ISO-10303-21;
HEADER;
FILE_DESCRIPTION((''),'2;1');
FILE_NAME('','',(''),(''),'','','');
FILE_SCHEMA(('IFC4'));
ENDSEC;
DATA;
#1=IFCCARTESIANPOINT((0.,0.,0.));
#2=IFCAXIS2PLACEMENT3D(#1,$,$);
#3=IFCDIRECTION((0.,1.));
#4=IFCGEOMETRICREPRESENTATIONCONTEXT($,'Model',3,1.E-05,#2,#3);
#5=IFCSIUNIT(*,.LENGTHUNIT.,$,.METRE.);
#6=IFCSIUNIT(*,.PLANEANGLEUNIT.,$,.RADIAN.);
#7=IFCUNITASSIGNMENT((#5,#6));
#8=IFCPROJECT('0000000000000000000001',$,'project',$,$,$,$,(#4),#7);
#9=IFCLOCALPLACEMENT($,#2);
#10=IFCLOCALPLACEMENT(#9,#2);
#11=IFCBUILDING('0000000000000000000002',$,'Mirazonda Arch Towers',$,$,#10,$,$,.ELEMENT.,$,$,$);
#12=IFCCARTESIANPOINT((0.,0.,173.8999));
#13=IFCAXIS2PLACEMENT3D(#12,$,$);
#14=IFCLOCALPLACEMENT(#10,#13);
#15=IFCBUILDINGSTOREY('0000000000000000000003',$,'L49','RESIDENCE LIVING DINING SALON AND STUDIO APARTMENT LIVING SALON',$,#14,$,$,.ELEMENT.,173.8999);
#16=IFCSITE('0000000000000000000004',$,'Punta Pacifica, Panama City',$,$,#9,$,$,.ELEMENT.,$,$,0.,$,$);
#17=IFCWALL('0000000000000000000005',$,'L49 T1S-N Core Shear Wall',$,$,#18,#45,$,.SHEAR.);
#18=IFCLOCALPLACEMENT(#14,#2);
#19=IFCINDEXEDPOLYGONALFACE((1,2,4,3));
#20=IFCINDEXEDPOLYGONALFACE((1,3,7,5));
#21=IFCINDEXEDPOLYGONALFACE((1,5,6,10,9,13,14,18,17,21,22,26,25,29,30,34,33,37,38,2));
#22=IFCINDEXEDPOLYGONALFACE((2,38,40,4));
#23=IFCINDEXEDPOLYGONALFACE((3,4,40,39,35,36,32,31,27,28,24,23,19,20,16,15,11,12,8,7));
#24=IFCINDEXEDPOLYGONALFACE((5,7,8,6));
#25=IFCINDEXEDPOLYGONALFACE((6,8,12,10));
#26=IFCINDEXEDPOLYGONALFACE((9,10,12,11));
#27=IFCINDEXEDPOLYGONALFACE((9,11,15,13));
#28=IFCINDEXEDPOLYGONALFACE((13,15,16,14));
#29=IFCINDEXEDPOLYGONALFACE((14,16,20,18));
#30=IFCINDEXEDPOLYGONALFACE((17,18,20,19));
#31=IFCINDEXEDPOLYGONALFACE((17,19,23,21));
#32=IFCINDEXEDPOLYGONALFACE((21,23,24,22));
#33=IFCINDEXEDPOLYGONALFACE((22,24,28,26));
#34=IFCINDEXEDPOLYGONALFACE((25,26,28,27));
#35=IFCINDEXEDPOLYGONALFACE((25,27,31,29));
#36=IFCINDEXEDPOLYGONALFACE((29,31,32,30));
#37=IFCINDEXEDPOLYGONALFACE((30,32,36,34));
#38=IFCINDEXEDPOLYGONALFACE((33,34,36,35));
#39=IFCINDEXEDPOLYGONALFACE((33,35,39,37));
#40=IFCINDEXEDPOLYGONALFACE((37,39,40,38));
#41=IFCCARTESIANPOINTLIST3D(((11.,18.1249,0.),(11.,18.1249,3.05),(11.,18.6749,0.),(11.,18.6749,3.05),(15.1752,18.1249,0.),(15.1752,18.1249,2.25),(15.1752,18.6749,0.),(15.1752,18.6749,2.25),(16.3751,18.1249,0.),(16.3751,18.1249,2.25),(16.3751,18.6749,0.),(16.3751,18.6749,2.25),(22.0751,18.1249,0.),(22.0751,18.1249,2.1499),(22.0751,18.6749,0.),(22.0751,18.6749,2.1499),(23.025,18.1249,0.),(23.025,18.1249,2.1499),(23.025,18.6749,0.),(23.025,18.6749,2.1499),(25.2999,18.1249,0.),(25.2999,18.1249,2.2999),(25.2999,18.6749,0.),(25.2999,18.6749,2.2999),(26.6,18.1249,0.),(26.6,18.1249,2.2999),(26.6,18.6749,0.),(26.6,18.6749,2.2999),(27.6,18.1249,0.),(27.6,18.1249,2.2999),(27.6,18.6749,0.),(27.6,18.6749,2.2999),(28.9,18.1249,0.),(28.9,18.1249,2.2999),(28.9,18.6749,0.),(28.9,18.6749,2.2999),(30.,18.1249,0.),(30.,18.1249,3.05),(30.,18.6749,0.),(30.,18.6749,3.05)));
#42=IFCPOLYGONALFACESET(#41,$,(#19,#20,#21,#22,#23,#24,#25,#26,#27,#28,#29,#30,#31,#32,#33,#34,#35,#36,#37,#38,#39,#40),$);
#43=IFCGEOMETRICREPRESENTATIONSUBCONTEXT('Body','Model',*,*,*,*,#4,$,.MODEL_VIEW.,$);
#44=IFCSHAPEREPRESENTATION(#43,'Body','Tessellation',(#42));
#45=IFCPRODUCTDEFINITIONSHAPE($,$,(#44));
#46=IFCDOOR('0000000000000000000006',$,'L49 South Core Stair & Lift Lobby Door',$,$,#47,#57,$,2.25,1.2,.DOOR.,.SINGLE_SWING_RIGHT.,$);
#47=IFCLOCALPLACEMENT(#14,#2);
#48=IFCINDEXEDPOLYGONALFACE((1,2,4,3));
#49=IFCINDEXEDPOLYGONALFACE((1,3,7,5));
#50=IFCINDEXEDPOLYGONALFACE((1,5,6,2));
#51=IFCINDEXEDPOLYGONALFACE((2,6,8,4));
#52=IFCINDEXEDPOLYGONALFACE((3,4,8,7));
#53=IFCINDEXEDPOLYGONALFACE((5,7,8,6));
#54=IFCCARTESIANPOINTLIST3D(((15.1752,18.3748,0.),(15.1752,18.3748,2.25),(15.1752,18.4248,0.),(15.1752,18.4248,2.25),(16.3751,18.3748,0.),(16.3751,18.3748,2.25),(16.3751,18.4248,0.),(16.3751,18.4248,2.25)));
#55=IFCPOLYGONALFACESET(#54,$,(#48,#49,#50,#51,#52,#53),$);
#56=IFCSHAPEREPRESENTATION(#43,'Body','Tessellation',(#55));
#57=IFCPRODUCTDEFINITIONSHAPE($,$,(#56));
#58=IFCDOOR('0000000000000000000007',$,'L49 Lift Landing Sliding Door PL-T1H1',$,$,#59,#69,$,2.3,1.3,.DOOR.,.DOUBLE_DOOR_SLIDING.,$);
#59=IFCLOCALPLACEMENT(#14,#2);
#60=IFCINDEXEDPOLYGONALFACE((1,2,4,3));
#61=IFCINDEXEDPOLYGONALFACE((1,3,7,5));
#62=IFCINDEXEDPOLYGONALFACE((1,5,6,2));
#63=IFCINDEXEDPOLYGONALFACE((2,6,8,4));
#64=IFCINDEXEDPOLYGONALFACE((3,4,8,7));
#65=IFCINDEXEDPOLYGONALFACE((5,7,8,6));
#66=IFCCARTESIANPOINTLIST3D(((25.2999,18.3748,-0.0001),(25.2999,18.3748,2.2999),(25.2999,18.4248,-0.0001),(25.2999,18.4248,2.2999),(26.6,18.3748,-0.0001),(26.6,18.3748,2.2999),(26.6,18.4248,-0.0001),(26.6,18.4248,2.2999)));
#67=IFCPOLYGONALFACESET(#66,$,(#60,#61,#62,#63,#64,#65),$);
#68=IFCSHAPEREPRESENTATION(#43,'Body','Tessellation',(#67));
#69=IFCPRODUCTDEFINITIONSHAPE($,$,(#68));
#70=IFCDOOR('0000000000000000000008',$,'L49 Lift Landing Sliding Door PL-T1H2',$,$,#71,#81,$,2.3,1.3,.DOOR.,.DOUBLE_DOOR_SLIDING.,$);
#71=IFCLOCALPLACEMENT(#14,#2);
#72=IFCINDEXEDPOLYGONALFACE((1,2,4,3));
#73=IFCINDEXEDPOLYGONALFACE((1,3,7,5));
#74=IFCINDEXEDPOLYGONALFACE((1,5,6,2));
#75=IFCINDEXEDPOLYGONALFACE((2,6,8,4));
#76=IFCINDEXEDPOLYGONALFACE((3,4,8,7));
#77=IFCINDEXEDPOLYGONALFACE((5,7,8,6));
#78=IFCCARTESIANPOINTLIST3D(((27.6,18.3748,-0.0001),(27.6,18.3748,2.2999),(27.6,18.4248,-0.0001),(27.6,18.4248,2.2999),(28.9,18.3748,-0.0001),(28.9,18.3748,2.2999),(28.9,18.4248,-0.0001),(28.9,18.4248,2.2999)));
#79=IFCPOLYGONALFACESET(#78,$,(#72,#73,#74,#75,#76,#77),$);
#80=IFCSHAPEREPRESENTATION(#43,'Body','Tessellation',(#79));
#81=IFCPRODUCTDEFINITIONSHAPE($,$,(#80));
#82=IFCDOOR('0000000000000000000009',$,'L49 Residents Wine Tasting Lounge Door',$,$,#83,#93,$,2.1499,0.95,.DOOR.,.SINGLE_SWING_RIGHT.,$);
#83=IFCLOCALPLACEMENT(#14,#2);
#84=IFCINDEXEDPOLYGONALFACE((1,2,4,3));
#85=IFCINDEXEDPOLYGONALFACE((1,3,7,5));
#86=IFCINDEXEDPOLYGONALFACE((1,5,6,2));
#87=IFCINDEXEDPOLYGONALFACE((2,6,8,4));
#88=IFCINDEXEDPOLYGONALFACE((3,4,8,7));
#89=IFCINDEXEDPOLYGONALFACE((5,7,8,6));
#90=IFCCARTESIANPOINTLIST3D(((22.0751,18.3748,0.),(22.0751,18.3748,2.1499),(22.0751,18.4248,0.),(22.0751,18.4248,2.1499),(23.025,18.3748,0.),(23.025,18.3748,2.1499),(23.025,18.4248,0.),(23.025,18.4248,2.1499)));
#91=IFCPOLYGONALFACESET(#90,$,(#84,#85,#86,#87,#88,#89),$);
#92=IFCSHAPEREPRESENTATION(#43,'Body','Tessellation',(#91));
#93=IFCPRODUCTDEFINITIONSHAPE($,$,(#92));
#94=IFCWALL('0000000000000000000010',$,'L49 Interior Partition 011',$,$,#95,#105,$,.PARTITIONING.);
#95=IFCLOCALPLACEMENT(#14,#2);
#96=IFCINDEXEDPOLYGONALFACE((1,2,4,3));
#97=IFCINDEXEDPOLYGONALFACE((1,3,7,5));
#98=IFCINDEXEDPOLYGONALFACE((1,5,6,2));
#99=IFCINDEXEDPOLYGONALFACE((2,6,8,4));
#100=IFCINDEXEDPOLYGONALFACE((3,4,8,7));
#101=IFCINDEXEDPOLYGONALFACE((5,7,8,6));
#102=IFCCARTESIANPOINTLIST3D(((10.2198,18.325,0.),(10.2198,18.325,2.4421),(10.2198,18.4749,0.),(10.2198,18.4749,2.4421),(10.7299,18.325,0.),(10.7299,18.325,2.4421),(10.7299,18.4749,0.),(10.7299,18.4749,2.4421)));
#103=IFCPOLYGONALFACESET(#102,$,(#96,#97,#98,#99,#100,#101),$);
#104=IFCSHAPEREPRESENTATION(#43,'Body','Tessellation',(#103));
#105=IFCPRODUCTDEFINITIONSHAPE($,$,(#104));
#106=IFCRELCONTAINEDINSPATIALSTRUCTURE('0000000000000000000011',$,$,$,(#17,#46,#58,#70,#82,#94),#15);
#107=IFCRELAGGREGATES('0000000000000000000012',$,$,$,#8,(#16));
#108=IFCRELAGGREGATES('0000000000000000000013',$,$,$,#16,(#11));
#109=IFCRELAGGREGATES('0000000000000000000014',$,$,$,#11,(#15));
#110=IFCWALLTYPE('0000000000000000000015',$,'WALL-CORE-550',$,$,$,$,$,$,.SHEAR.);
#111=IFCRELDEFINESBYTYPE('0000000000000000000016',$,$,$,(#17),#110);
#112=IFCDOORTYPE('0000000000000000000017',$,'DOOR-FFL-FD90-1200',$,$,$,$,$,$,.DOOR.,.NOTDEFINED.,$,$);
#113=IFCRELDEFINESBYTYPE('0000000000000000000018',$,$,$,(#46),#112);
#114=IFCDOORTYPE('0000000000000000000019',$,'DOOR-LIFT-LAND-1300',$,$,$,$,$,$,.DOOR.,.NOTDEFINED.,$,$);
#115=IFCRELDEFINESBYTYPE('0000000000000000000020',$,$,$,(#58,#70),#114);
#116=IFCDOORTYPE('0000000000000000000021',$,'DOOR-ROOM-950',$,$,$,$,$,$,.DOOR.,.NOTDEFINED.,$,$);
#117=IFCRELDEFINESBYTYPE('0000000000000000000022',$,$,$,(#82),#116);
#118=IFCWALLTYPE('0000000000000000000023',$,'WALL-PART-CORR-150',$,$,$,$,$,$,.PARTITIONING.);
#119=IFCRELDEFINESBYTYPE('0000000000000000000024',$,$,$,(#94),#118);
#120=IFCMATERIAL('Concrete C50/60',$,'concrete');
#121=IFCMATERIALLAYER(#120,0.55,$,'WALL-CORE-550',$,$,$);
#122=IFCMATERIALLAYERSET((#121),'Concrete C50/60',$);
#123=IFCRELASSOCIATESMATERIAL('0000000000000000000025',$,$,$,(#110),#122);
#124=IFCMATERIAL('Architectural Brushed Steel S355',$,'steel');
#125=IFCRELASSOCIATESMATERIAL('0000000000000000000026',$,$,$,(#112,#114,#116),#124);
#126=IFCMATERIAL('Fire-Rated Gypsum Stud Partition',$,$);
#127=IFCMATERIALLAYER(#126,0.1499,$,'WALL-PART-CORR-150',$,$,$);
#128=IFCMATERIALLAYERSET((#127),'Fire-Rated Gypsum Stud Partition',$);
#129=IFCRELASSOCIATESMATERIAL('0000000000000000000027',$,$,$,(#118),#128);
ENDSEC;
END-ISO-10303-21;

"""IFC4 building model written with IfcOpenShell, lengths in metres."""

from ifc_helpers import new_model, si_unit, direction, frame, frame_2d, origin, place, context, subcontext, project, spatial, rectangle, extrude, material, layer, layer_set, type_object, element, fill, save


model = new_model("IFC4")

# Units and contexts
model_context = context("Model", 3, precision=1e-05, world=origin(), true_north=direction((0.0, 1.0)))
body_context = subcontext(model_context, "Body", "Model", "MODEL_VIEW")
ifc_project = project(units=[si_unit("LENGTHUNIT", "METRE"), si_unit("PLANEANGLEUNIT", "RADIAN")], contexts=[model_context])

# Site, building, storey
site_placement = place(None, origin())
site = spatial("IfcSite", under=ifc_project, at=site_placement, Name="Punta Pacifica, Panama City", CompositionType="ELEMENT", RefElevation=0.0)
building_placement = place(site_placement, origin())
building = spatial("IfcBuilding", under=site, at=building_placement, Name="Mirazonda Arch Towers", CompositionType="ELEMENT")
storey_placement = place(building_placement, frame((0.0, 0.0, 173.8999)))
storey = spatial("IfcBuildingStorey", under=building, at=storey_placement, Name="L49", Description="RESIDENCE LIVING DINING SALON AND STUDIO APARTMENT LIVING SALON", CompositionType="ELEMENT", Elevation=173.8999)

# Shared definitions
ifc_material_1 = material(Name="Concrete C50/60", Category="concrete")

# Shared definitions
ifc_material_2 = material(Name="Architectural Brushed Steel S355", Category="steel")

# Wall, openings, doors
ifc_layer_1 = layer(ifc_material_1, 0.55, Name="WALL-CORE-550")
ifc_layer_set_1 = layer_set([ifc_layer_1], Name="Concrete C50/60")
wall_type_1 = type_object("IfcWallType", Name="WALL-CORE-550", PredefinedType="SHEAR", material=ifc_layer_set_1)
wall_1_placement = place(storey_placement, frame((11.0, 18.3999, 0.0), z_axis=(0.0, 0.0, 1.0), x_axis=(1.0, 0.0, 0.0)))
wall_1 = element("IfcWall", 1, at=wall_1_placement, inside=storey, type_object=wall_type_1, Name="L49 T1S-N Core Shear Wall", PredefinedType="SHEAR", context=body_context, shape_type="SweptSolid", body=[
    extrude(rectangle(XDim=19.0, YDim=0.55, at=frame_2d((9.5, 0.0))), origin(), (0.0, 0.0, 1.0), 3.05),
])
opening_1_placement = place(wall_1_placement, frame((4.175, 0.0, 0.0)))
opening_1 = element("IfcOpeningElement", 2, at=opening_1_placement, cuts=wall_1, PredefinedType="OPENING", context=body_context, shape_type="SweptSolid", body=[
    extrude(rectangle(XDim=1.2, YDim=2.25, at=frame_2d((0.6001, 1.125))), frame((0.0, 0.2849, 0.0), z_axis=(0.0, -1.0, 0.0), x_axis=(1.0, 0.0, 0.0)), (0.0, 0.0, 1.0), 0.5701),
])
opening_2_placement = place(wall_1_placement, frame((11.075, 0.0, 0.0)))
opening_2 = element("IfcOpeningElement", 3, at=opening_2_placement, cuts=wall_1, PredefinedType="OPENING", context=body_context, shape_type="SweptSolid", body=[
    extrude(rectangle(XDim=0.95, YDim=2.1499, at=frame_2d((0.4751, 1.075))), frame((0.0, 0.2849, 0.0), z_axis=(0.0, -1.0, 0.0), x_axis=(1.0, 0.0, 0.0)), (0.0, 0.0, 1.0), 0.5701),
])
opening_3_placement = place(wall_1_placement, frame((14.3, 0.0, 0.0)))
opening_3 = element("IfcOpeningElement", 4, at=opening_3_placement, cuts=wall_1, PredefinedType="OPENING", context=body_context, shape_type="SweptSolid", body=[
    extrude(rectangle(XDim=1.3, YDim=2.3, at=frame_2d((0.6499, 1.1499))), frame((0.0, 0.2849, 0.0), z_axis=(0.0, -1.0, 0.0), x_axis=(1.0, 0.0, 0.0)), (0.0, 0.0, 1.0), 0.5701),
])
opening_4_placement = place(wall_1_placement, frame((16.6001, 0.0, 0.0)))
opening_4 = element("IfcOpeningElement", 5, at=opening_4_placement, cuts=wall_1, PredefinedType="OPENING", context=body_context, shape_type="SweptSolid", body=[
    extrude(rectangle(XDim=1.3, YDim=2.3, at=frame_2d((0.6499, 1.1499))), frame((0.0, 0.2849, 0.0), z_axis=(0.0, -1.0, 0.0), x_axis=(1.0, 0.0, 0.0)), (0.0, 0.0, 1.0), 0.5701),
])
door_type_1 = type_object("IfcDoorType", Name="DOOR-FFL-FD90-1200", OperationType="NOTDEFINED", PredefinedType="DOOR", material=ifc_material_2)
door_1_placement = place(opening_1_placement, origin())
door_1 = element("IfcDoor", 6, at=door_1_placement, inside=storey, type_object=door_type_1, Name="L49 South Core Stair & Lift Lobby Door", OperationType="SINGLE_SWING_RIGHT", OverallHeight=2.25, OverallWidth=1.2, PredefinedType="DOOR", context=body_context, shape_type="SweptSolid", body=[
    extrude(rectangle(XDim=1.2, YDim=2.25, at=frame_2d((0.6001, 1.125))), frame((0.0, 0.0249, 0.0), z_axis=(0.0, -1.0, 0.0), x_axis=(1.0, 0.0, 0.0)), (0.0, 0.0, 1.0), 0.05),
])
fill(opening_1, door_1)
door_type_2 = type_object("IfcDoorType", Name="DOOR-LIFT-LAND-1300", OperationType="NOTDEFINED", PredefinedType="DOOR", material=ifc_material_2)
door_2_placement = place(opening_3_placement, origin())
door_2 = element("IfcDoor", 7, at=door_2_placement, inside=storey, type_object=door_type_2, Name="L49 Lift Landing Sliding Door PL-T1H1", OperationType="DOUBLE_DOOR_SLIDING", OverallHeight=2.3, OverallWidth=1.3, PredefinedType="DOOR", context=body_context, shape_type="SweptSolid", body=[
    extrude(rectangle(XDim=1.3, YDim=2.3, at=frame_2d((0.6499, 1.1499))), frame((0.0, 0.0249, 0.0), z_axis=(0.0, -1.0, 0.0), x_axis=(1.0, 0.0, 0.0)), (0.0, 0.0, 1.0), 0.05),
])
fill(opening_3, door_2)
door_3_placement = place(opening_4_placement, origin())
door_3 = element("IfcDoor", 8, at=door_3_placement, inside=storey, type_object=door_type_2, Name="L49 Lift Landing Sliding Door PL-T1H2", OperationType="DOUBLE_DOOR_SLIDING", OverallHeight=2.3, OverallWidth=1.3, PredefinedType="DOOR", context=body_context, shape_type="SweptSolid", body=[
    extrude(rectangle(XDim=1.3, YDim=2.3, at=frame_2d((0.6499, 1.1499))), frame((0.0, 0.0249, 0.0), z_axis=(0.0, -1.0, 0.0), x_axis=(1.0, 0.0, 0.0)), (0.0, 0.0, 1.0), 0.05),
])
fill(opening_4, door_3)
door_type_3 = type_object("IfcDoorType", Name="DOOR-ROOM-950", OperationType="NOTDEFINED", PredefinedType="DOOR", material=ifc_material_2)
door_4_placement = place(opening_2_placement, origin())
door_4 = element("IfcDoor", 9, at=door_4_placement, inside=storey, type_object=door_type_3, Name="L49 Residents Wine Tasting Lounge Door", OperationType="SINGLE_SWING_RIGHT", OverallHeight=2.1499, OverallWidth=0.95, PredefinedType="DOOR", context=body_context, shape_type="SweptSolid", body=[
    extrude(rectangle(XDim=0.95, YDim=2.1499, at=frame_2d((0.4751, 1.075))), frame((0.0, 0.0249, 0.0), z_axis=(0.0, -1.0, 0.0), x_axis=(1.0, 0.0, 0.0)), (0.0, 0.0, 1.0), 0.05),
])
fill(opening_2, door_4)

# Wall
ifc_material_3 = material(Name="Fire-Rated Gypsum Stud Partition")
ifc_layer_2 = layer(ifc_material_3, 0.1499, Name="WALL-PART-CORR-150")
ifc_layer_set_2 = layer_set([ifc_layer_2], Name="Fire-Rated Gypsum Stud Partition")
wall_type_2 = type_object("IfcWallType", Name="WALL-PART-CORR-150", PredefinedType="PARTITIONING", material=ifc_layer_set_2)
wall_2_placement = place(storey_placement, frame((10.22, 18.3999, 0.0), z_axis=(0.0, 0.0, 1.0), x_axis=(1.0, 0.0, 0.0)))
element("IfcWall", 10, at=wall_2_placement, inside=storey, type_object=wall_type_2, Name="L49 Interior Partition 011", PredefinedType="PARTITIONING", context=body_context, shape_type="SweptSolid", body=[
    extrude(rectangle(XDim=0.51, YDim=0.1499, at=frame_2d((0.2549, 0.0))), origin(), (0.0, 0.0, 1.0), 2.4421),
])

save(model, "model.ifc")
